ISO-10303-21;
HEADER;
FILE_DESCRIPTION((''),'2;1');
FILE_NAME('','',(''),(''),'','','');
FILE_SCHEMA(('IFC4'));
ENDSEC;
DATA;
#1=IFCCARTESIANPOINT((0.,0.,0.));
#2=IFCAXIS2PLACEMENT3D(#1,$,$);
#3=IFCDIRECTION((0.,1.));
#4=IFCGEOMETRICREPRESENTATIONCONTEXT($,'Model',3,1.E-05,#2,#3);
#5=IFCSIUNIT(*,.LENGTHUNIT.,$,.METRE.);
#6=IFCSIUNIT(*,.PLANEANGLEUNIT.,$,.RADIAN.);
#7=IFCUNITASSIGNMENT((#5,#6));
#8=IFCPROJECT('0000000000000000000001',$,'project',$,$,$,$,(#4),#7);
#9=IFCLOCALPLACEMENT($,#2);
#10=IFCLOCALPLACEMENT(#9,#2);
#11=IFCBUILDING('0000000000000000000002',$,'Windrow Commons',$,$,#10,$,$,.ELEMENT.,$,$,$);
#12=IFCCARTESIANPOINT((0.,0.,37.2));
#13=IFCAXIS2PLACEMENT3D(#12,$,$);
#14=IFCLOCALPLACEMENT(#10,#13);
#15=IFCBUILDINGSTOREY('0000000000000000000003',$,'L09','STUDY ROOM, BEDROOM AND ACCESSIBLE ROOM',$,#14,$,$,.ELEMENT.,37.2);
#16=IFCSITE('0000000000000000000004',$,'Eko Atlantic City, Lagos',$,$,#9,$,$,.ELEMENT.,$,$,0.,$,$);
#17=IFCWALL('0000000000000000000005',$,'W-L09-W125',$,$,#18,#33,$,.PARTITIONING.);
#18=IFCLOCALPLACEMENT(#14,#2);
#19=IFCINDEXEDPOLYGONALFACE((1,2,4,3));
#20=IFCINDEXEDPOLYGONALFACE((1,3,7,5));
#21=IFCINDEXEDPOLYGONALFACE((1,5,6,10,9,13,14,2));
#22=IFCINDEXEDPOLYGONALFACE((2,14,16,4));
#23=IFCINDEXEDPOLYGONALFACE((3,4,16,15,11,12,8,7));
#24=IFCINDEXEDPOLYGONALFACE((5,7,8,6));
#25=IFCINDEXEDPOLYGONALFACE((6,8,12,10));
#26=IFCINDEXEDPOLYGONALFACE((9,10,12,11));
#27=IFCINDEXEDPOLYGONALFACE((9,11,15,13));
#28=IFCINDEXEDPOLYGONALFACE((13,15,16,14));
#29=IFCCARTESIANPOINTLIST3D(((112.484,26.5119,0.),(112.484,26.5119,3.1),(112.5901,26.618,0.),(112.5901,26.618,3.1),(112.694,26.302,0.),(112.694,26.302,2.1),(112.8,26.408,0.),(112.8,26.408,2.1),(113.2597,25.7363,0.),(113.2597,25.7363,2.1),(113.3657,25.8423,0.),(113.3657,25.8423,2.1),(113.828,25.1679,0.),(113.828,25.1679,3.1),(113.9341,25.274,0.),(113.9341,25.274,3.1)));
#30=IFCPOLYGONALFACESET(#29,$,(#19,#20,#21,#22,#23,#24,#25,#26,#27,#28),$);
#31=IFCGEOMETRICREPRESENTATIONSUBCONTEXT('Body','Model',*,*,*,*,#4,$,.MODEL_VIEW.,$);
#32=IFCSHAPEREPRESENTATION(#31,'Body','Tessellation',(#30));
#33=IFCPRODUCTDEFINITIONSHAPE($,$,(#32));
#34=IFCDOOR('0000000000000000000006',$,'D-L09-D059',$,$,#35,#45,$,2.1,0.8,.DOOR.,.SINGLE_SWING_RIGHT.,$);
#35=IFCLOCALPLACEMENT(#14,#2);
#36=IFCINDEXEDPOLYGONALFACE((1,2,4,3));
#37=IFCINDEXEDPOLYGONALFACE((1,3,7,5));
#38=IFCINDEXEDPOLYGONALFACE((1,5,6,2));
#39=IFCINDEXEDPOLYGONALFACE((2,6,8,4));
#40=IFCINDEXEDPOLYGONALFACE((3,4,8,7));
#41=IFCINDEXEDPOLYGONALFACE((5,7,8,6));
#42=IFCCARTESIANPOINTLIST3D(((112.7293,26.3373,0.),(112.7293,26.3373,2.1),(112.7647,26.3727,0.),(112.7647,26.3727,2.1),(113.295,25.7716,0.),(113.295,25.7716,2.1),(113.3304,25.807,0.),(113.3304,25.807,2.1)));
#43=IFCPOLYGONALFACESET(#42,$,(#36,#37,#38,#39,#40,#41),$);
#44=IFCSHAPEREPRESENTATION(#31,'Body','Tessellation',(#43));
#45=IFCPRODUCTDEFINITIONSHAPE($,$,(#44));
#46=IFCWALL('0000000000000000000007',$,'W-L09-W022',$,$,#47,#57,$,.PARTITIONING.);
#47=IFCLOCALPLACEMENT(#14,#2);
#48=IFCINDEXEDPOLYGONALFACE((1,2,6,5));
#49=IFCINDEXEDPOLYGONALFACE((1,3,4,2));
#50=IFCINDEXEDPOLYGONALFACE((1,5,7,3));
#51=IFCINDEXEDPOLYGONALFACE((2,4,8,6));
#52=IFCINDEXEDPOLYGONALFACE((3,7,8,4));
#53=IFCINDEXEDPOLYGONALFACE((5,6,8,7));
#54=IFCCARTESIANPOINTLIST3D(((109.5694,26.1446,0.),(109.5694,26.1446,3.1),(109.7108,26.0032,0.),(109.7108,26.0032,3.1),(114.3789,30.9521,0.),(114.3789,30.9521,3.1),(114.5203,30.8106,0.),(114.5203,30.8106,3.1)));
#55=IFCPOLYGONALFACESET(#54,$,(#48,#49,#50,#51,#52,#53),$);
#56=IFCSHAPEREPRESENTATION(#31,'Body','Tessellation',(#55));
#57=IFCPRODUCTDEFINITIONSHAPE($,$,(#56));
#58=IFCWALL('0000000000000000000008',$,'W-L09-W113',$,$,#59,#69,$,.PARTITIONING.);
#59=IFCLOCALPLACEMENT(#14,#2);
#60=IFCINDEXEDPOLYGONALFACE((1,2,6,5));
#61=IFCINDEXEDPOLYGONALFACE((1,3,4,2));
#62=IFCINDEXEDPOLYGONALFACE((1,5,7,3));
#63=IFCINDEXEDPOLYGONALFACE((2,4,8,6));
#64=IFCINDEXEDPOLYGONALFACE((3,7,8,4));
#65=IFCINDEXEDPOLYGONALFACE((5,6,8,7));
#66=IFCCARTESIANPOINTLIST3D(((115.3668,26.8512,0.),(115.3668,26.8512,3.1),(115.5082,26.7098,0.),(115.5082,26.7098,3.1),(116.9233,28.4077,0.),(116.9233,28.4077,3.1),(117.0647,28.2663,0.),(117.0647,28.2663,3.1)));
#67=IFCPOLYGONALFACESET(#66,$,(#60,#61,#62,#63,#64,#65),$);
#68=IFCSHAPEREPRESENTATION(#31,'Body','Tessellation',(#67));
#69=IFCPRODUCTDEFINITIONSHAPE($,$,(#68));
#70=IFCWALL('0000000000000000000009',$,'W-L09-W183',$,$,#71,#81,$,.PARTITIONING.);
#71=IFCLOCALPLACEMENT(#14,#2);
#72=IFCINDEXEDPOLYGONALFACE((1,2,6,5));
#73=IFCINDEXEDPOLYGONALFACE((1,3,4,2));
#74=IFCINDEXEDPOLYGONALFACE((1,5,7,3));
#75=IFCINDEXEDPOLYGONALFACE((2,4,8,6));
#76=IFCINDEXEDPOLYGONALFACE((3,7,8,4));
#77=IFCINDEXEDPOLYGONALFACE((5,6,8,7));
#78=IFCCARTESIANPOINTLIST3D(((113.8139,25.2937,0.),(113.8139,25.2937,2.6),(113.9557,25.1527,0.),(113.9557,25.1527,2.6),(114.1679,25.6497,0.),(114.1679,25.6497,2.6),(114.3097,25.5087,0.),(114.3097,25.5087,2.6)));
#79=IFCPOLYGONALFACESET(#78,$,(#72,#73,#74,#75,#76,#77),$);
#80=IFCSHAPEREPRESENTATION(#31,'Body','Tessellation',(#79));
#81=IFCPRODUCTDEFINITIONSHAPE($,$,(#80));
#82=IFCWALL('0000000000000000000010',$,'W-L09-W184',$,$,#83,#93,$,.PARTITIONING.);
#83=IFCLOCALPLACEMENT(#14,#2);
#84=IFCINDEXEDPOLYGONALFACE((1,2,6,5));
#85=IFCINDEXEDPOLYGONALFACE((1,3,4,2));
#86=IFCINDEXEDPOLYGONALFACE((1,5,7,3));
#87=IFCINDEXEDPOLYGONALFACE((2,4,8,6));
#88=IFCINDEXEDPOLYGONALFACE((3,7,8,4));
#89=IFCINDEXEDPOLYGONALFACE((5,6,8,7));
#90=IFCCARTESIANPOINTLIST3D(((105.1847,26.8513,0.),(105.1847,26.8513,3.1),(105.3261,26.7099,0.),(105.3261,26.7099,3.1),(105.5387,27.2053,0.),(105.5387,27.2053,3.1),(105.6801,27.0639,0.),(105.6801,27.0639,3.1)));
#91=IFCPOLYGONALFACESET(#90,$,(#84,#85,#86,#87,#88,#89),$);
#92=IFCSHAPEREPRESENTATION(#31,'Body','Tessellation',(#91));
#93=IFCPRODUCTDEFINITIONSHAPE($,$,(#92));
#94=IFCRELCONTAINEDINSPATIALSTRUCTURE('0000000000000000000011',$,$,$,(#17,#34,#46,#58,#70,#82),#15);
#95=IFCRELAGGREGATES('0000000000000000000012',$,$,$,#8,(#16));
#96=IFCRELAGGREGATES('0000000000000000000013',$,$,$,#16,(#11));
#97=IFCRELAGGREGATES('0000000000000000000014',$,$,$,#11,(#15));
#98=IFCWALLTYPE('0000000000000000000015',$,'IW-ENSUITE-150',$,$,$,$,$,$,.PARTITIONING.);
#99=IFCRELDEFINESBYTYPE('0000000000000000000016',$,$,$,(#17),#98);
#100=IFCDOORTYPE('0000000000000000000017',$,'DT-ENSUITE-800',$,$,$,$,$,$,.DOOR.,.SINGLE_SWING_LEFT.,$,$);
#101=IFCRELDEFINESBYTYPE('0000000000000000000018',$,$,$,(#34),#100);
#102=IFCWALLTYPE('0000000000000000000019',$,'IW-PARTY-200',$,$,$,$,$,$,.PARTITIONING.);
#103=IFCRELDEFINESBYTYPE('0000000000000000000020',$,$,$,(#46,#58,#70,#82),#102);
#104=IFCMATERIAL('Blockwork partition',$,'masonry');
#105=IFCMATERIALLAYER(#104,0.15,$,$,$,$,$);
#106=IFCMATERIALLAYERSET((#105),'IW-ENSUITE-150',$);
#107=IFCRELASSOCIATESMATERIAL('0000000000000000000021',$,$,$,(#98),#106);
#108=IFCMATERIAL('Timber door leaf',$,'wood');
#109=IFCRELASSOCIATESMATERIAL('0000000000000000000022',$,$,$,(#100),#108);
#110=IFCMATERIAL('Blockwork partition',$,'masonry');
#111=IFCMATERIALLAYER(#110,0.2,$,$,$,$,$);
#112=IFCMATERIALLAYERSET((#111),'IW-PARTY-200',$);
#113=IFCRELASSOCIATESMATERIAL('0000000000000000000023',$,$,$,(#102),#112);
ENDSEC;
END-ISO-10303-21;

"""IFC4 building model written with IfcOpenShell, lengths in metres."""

from ifc_helpers import new_model, si_unit, direction, frame, frame_2d, origin, place, context, subcontext, project, spatial, rectangle, extrude, material, layer, layer_set, type_object, element, fill, save


model = new_model("IFC4")

# Units and contexts
model_context = context("Model", 3, precision=1e-05, world=origin(), true_north=direction((0.0, 1.0)))
body_context = subcontext(model_context, "Body", "Model", "MODEL_VIEW")
ifc_project = project(units=[si_unit("LENGTHUNIT", "METRE"), si_unit("PLANEANGLEUNIT", "RADIAN")], contexts=[model_context])

# Site, building, storey
site_placement = place(None, origin())
site = spatial("IfcSite", under=ifc_project, at=site_placement, Name="Eko Atlantic City, Lagos", CompositionType="ELEMENT", RefElevation=0.0)
building_placement = place(site_placement, origin())
building = spatial("IfcBuilding", under=site, at=building_placement, Name="Windrow Commons", CompositionType="ELEMENT")
storey_placement = place(building_placement, frame((0.0, 0.0, 37.2)))
storey = spatial("IfcBuildingStorey", under=building, at=storey_placement, Name="L09", Description="STUDY ROOM, BEDROOM AND ACCESSIBLE ROOM", CompositionType="ELEMENT", Elevation=37.2)

# Shared definitions
ifc_material_1 = material(Name="Blockwork partition", Category="masonry")
ifc_layer_1 = layer(ifc_material_1, 0.15)
ifc_layer_set_1 = layer_set([ifc_layer_1], Name="IW-ENSUITE-150")
wall_type_1 = type_object("IfcWallType", Name="IW-ENSUITE-150", PredefinedType="PARTITIONING", material=ifc_layer_set_1)

# Wall, opening, door
wall_1_placement = place(storey_placement, frame((112.537, 26.565, 0.0), z_axis=(0.0, 0.0, 1.0), x_axis=(0.707107, -0.707107, 0.0)))
wall_1 = element("IfcWall", 1, at=wall_1_placement, inside=storey, type_object=wall_type_1, Name="W-L09-W125", PredefinedType="PARTITIONING", context=body_context, shape_type="SweptSolid", body=[
    extrude(rectangle(XDim=1.9007, YDim=0.15, at=frame_2d((0.9504, 0.0))), origin(), (0.0, 0.0, 1.0), 3.1),
])
opening_1_placement = place(wall_1_placement, frame((0.297, 0.0, 0.0)))
opening_1 = element("IfcOpeningElement", 2, at=opening_1_placement, cuts=wall_1, PredefinedType="OPENING", context=body_context, shape_type="SweptSolid", body=[
    extrude(rectangle(XDim=0.8, YDim=2.1, at=frame_2d((0.4, 1.05))), frame((0.0, 0.085, 0.0), z_axis=(0.0, -1.0, 0.0), x_axis=(1.0, 0.0, 0.0)), (0.0, 0.0, 1.0), 0.17),
])
ifc_material_2 = material(Name="Timber door leaf", Category="wood")
door_type_1 = type_object("IfcDoorType", Name="DT-ENSUITE-800", OperationType="SINGLE_SWING_LEFT", PredefinedType="DOOR", material=ifc_material_2)
door_1_placement = place(opening_1_placement, origin())
door_1 = element("IfcDoor", 3, at=door_1_placement, inside=storey, type_object=door_type_1, Name="D-L09-D059", OperationType="SINGLE_SWING_RIGHT", OverallHeight=2.1, OverallWidth=0.8, PredefinedType="DOOR", context=body_context, shape_type="SweptSolid", body=[
    extrude(rectangle(XDim=0.8, YDim=2.1, at=frame_2d((0.4, 1.05))), frame((0.0, 0.025, 0.0), z_axis=(0.0, -1.0, 0.0), x_axis=(1.0, 0.0, 0.0)), (0.0, 0.0, 1.0), 0.05),
])
fill(opening_1, door_1)

# Walls
ifc_material_3 = material(Name="Blockwork partition", Category="masonry")
ifc_layer_2 = layer(ifc_material_3, 0.2)
ifc_layer_set_2 = layer_set([ifc_layer_2], Name="IW-PARTY-200")
wall_type_2 = type_object("IfcWallType", Name="IW-PARTY-200", PredefinedType="PARTITIONING", material=ifc_layer_set_2)
wall_2_placement = place(storey_placement, frame((109.6401, 26.0739, 0.0), z_axis=(0.0, 0.0, 1.0), x_axis=(0.707254, 0.70696, 0.0)))
element("IfcWall", 4, at=wall_2_placement, inside=storey, type_object=wall_type_2, Name="W-L09-W022", PredefinedType="PARTITIONING", context=body_context, shape_type="SweptSolid", body=[
    extrude(rectangle(XDim=6.8002, YDim=0.2, at=frame_2d((3.4001, 0.0))), origin(), (0.0, 0.0, 1.0), 3.1),
])
wall_3_placement = place(storey_placement, frame((115.4375, 26.7805, 0.0), z_axis=(0.0, 0.0, 1.0), x_axis=(0.707107, 0.707107, 0.0)))
element("IfcWall", 5, at=wall_3_placement, inside=storey, type_object=wall_type_2, Name="W-L09-W113", PredefinedType="PARTITIONING", context=body_context, shape_type="SweptSolid", body=[
    extrude(rectangle(XDim=2.2012, YDim=0.2, at=frame_2d((1.1006, 0.0))), origin(), (0.0, 0.0, 1.0), 3.1),
])
wall_4_placement = place(storey_placement, frame((113.8848, 25.2232, 0.0), z_axis=(0.0, 0.0, 1.0), x_axis=(0.705112, 0.709096, 0.0)))
element("IfcWall", 6, at=wall_4_placement, inside=storey, type_object=wall_type_2, Name="W-L09-W183", PredefinedType="PARTITIONING", context=body_context, shape_type="SweptSolid", body=[
    extrude(rectangle(XDim=0.502, YDim=0.2, at=frame_2d((0.251, 0.0))), origin(), (0.0, 0.0, 1.0), 2.6),
])
wall_5_placement = place(storey_placement, frame((105.2554, 26.7806, 0.0), z_axis=(0.0, 0.0, 1.0), x_axis=(0.707107, 0.707107, 0.0)))
element("IfcWall", 7, at=wall_5_placement, inside=storey, type_object=wall_type_2, Name="W-L09-W184", PredefinedType="PARTITIONING", context=body_context, shape_type="SweptSolid", body=[
    extrude(rectangle(XDim=0.5006, YDim=0.2, at=frame_2d((0.2503, 0.0))), origin(), (0.0, 0.0, 1.0), 3.1),
])

save(model, "model.ifc")
